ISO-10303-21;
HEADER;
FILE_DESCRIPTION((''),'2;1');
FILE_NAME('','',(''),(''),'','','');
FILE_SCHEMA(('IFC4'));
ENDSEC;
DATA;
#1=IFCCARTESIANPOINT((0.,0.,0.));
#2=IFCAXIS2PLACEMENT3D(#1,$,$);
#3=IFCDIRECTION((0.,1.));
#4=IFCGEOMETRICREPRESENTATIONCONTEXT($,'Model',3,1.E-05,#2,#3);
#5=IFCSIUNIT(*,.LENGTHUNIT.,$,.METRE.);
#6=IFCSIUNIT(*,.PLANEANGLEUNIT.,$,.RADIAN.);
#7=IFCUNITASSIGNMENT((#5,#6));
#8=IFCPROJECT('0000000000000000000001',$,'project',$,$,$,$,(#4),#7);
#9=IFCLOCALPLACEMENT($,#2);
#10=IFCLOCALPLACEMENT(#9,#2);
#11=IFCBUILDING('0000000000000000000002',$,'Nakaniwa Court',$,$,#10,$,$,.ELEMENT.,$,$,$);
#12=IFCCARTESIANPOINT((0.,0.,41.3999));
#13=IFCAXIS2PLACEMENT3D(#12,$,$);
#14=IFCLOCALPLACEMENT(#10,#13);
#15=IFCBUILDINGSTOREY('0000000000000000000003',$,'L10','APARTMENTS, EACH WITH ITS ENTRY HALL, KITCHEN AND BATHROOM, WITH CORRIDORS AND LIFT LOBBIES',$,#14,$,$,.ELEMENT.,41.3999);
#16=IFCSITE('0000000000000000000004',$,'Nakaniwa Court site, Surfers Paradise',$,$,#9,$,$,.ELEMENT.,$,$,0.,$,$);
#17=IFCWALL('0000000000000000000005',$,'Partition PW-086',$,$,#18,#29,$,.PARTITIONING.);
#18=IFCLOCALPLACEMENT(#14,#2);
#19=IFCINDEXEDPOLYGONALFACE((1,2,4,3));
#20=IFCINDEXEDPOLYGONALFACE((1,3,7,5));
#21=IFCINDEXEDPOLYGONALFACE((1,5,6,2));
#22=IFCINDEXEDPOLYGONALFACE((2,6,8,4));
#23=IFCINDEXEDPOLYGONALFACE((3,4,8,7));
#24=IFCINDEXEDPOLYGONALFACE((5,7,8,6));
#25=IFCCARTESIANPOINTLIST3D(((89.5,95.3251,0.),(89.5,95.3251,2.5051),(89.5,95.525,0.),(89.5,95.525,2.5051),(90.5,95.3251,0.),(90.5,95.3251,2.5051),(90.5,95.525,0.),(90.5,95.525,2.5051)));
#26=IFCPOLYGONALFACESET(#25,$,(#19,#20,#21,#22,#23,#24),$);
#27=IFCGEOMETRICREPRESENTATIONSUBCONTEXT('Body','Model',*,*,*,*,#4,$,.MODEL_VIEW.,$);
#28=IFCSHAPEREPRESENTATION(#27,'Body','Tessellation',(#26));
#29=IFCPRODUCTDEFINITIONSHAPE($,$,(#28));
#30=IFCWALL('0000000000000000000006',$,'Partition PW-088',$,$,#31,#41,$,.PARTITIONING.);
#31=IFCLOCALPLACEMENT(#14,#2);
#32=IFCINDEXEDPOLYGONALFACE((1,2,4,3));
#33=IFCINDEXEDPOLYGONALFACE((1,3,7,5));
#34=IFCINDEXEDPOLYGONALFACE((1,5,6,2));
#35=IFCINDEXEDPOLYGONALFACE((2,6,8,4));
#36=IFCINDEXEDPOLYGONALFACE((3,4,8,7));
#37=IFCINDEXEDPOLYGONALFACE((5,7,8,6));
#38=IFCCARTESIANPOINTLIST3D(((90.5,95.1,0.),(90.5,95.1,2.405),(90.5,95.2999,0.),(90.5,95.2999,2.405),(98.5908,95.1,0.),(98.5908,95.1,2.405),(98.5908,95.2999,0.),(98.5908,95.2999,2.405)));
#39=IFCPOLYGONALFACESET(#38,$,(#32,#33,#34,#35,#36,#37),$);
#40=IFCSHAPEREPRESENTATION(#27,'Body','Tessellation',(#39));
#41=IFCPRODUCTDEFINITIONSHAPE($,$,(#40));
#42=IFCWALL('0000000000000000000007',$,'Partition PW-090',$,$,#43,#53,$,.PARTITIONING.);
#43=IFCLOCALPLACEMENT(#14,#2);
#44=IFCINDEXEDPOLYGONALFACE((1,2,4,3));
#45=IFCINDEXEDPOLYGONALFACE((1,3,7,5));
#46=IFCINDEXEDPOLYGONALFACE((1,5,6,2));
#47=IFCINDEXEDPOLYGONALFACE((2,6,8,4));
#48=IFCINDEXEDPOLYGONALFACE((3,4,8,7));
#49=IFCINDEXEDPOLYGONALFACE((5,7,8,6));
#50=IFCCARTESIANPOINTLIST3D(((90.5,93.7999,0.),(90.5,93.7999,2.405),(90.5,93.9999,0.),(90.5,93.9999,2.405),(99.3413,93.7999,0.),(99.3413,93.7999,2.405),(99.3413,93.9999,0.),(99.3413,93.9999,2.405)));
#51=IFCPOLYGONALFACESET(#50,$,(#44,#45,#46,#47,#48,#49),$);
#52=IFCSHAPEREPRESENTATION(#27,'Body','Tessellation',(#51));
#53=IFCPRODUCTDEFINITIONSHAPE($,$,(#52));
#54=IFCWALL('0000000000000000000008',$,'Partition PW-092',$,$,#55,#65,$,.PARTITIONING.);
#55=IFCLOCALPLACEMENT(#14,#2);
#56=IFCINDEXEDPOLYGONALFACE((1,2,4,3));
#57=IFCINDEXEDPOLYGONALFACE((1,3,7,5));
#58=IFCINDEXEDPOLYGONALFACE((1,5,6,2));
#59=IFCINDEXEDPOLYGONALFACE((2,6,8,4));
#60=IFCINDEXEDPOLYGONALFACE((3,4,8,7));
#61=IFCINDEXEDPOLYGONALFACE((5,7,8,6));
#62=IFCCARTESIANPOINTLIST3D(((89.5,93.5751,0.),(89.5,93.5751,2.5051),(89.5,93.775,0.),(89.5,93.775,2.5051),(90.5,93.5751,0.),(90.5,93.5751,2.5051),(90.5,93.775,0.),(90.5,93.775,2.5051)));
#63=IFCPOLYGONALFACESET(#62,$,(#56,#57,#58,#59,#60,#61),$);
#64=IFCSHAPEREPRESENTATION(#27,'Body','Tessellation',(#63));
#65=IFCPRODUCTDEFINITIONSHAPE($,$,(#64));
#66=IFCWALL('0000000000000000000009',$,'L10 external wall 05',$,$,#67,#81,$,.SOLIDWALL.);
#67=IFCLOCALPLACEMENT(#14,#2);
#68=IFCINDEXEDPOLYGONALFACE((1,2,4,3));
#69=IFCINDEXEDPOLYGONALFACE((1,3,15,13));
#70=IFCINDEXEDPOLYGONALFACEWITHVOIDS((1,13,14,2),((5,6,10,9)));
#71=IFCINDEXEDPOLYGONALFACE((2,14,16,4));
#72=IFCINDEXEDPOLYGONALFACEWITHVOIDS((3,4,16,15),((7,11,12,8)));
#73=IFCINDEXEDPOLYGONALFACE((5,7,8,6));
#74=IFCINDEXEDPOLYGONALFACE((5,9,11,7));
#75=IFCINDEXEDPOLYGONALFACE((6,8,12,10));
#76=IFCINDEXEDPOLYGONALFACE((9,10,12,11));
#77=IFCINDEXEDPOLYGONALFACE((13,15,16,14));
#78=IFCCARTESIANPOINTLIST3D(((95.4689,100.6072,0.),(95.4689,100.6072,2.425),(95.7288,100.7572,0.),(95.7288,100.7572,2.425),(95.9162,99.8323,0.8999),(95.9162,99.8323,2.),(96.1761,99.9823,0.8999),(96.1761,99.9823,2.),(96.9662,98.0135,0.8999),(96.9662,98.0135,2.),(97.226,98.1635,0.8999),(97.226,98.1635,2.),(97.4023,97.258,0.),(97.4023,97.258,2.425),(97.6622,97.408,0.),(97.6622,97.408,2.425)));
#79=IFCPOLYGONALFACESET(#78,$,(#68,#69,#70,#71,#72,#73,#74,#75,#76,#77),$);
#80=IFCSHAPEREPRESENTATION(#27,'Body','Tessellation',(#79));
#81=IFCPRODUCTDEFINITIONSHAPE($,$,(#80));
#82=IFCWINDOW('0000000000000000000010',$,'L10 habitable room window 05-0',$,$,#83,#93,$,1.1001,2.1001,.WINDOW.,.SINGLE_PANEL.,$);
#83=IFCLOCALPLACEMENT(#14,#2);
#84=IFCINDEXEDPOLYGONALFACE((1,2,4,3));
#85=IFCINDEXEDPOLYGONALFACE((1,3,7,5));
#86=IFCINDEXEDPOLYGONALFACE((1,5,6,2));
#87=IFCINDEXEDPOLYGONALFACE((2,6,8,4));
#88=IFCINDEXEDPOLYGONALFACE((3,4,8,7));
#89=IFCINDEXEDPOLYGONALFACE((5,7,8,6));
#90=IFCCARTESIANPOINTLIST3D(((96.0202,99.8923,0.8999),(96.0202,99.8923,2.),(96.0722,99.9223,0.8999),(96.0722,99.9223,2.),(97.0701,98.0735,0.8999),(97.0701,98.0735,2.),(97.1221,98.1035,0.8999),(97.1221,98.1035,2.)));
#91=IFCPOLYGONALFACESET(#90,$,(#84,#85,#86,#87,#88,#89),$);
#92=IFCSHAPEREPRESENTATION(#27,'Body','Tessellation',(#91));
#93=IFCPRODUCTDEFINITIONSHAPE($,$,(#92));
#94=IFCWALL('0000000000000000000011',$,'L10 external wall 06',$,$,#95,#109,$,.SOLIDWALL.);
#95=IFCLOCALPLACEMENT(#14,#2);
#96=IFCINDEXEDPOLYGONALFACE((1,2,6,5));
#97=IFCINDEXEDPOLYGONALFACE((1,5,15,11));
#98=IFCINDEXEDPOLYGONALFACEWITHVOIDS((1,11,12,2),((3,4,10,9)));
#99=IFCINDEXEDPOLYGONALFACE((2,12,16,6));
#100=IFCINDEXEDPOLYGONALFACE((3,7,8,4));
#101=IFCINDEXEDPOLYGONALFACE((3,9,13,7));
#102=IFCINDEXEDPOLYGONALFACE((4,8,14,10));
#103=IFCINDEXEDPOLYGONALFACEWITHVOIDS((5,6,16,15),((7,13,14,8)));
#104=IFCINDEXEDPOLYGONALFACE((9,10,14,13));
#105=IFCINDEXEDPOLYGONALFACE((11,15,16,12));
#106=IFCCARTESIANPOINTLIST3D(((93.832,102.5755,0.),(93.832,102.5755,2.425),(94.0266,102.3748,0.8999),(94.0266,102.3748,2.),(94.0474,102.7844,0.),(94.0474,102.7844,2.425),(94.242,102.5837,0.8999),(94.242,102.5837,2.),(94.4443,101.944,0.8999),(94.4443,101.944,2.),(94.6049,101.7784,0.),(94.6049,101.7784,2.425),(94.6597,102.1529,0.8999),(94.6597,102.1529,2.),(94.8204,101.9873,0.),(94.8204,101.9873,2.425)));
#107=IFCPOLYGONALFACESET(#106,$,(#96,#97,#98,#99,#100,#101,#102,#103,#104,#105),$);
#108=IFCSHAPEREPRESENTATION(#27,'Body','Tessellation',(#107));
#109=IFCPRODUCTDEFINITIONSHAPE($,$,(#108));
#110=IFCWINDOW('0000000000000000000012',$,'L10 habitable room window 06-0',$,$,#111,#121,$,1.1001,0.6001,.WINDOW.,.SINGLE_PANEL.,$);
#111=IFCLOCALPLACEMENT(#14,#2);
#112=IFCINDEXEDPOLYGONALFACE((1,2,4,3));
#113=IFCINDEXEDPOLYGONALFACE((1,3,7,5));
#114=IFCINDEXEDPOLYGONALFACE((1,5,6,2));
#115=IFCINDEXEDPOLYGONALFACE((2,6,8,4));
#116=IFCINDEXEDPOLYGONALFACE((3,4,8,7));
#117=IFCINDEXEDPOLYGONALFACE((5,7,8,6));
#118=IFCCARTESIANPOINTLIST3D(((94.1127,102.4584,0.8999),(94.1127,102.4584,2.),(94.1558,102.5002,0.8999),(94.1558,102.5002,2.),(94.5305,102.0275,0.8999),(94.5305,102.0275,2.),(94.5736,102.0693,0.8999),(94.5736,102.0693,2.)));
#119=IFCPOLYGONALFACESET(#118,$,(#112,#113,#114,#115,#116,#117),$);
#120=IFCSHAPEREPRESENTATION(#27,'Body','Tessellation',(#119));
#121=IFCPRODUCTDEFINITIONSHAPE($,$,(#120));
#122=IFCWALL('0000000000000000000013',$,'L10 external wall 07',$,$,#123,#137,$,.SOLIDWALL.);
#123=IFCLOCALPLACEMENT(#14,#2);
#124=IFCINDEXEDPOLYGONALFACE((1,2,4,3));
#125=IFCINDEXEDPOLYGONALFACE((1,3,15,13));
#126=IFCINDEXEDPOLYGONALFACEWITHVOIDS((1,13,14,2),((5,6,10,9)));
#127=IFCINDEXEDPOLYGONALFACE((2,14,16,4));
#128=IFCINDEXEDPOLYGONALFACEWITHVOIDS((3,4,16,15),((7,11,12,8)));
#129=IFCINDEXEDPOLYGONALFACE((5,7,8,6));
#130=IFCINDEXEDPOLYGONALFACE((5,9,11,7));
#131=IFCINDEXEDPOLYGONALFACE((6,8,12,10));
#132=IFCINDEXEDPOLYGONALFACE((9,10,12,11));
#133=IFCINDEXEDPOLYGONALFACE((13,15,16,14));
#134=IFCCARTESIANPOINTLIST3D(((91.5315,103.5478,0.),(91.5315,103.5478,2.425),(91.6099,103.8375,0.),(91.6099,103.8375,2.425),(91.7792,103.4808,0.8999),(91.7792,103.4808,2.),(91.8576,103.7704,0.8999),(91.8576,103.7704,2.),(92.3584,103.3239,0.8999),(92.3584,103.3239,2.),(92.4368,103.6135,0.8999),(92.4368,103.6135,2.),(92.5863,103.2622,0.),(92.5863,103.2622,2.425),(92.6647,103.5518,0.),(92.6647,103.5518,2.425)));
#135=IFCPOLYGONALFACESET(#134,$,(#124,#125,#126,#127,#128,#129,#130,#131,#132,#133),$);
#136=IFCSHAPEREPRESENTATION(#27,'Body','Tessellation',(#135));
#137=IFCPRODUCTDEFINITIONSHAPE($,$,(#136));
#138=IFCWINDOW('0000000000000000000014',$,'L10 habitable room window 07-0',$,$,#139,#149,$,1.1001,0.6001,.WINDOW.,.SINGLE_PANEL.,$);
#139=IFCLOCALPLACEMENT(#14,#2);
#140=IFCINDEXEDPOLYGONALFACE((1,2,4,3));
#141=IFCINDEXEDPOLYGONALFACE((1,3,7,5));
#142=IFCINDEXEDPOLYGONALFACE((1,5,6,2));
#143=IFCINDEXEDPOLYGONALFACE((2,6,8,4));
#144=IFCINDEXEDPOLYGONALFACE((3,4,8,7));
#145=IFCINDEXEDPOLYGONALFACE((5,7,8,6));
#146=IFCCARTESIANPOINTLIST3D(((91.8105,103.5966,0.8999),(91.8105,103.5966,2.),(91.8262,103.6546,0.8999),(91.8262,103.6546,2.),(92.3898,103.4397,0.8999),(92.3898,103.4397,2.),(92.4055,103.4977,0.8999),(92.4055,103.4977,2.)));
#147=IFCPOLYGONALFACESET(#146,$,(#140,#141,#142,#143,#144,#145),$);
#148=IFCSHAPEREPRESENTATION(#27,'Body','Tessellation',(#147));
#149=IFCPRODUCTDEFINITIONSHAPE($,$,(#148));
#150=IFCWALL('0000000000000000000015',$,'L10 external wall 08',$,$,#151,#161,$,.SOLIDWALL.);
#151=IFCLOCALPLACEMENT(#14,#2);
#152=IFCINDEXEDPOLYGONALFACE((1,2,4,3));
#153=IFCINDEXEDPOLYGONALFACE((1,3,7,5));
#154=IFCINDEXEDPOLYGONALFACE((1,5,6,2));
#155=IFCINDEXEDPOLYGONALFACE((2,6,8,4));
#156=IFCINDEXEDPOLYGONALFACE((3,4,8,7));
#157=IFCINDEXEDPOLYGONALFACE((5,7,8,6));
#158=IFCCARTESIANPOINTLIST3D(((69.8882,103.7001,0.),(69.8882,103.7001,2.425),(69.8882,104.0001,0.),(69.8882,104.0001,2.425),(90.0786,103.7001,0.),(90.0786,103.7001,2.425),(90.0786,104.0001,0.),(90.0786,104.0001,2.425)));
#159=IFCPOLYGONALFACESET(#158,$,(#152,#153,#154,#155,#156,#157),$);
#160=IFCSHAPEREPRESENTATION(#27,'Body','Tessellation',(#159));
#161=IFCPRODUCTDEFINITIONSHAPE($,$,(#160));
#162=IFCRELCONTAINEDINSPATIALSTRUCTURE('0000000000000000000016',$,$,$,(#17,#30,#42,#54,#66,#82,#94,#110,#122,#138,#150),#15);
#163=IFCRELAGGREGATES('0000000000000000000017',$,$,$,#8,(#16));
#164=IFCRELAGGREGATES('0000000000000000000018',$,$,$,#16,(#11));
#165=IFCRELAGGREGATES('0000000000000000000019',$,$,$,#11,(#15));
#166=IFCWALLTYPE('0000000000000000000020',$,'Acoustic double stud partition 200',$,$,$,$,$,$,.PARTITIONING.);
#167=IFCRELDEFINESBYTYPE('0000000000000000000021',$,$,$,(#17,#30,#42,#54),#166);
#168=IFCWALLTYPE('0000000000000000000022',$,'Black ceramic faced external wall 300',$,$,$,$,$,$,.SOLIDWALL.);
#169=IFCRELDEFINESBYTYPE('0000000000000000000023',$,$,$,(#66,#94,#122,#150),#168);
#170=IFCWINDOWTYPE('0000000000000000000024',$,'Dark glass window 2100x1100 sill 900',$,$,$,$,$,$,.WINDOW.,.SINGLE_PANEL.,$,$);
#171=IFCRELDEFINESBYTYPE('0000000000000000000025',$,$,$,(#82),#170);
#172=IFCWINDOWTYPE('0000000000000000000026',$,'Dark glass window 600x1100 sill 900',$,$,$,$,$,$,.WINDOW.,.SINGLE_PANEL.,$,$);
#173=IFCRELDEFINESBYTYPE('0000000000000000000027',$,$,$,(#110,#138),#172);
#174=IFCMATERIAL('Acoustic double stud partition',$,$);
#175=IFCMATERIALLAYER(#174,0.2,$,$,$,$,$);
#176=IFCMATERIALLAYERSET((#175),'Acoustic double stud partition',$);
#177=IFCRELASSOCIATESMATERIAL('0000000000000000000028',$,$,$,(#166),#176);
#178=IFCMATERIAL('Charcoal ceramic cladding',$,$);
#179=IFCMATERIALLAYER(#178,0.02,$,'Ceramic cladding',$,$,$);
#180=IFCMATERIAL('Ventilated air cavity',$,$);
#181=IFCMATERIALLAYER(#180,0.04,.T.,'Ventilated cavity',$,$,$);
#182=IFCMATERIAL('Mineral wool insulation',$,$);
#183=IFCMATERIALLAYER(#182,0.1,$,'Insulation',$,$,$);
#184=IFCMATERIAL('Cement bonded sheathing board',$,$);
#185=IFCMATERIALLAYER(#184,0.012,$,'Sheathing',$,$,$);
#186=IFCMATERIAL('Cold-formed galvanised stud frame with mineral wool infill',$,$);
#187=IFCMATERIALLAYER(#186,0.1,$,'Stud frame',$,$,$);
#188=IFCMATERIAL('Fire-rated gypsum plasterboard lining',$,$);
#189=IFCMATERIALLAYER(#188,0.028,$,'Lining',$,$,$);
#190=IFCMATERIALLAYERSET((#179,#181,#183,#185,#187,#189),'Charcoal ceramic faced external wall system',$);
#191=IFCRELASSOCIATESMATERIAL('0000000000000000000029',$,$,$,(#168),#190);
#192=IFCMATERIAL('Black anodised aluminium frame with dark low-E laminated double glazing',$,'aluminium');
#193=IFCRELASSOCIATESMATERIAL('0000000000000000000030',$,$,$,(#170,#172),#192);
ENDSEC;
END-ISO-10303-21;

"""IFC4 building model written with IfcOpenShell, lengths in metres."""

from ifc_helpers import new_model, si_unit, direction, frame, frame_2d, origin, place, context, subcontext, project, spatial, rectangle, extrude, material, layer, layer_set, type_object, element, fill, save


model = new_model("IFC4")

# Units and contexts
model_context = context("Model", 3, precision=1e-05, world=origin(), true_north=direction((0.0, 1.0)))
body_context = subcontext(model_context, "Body", "Model", "MODEL_VIEW")
ifc_project = project(units=[si_unit("LENGTHUNIT", "METRE"), si_unit("PLANEANGLEUNIT", "RADIAN")], contexts=[model_context])

# Site, building, storey
site_placement = place(None, origin())
site = spatial("IfcSite", under=ifc_project, at=site_placement, Name="Nakaniwa Court site, Surfers Paradise", CompositionType="ELEMENT", RefElevation=0.0)
building_placement = place(site_placement, origin())
building = spatial("IfcBuilding", under=site, at=building_placement, Name="Nakaniwa Court", CompositionType="ELEMENT")
storey_placement = place(building_placement, frame((0.0, 0.0, 41.3999)))
storey = spatial("IfcBuildingStorey", under=building, at=storey_placement, Name="L10", Description="APARTMENTS, EACH WITH ITS ENTRY HALL, KITCHEN AND BATHROOM, WITH CORRIDORS AND LIFT LOBBIES", CompositionType="ELEMENT", Elevation=41.3999)

# Shared definitions
ifc_material_1 = material(Name="Acoustic double stud partition")
ifc_layer_1 = layer(ifc_material_1, 0.2)
ifc_layer_set_1 = layer_set([ifc_layer_1], Name="Acoustic double stud partition")
wall_type_1 = type_object("IfcWallType", Name="Acoustic double stud partition 200", PredefinedType="PARTITIONING", material=ifc_layer_set_1)

# Walls
wall_1_placement = place(storey_placement, frame((89.5, 95.425, 0.0), z_axis=(0.0, 0.0, 1.0), x_axis=(1.0, 0.0, 0.0)))
element("IfcWall", 1, at=wall_1_placement, inside=storey, type_object=wall_type_1, Name="Partition PW-086", PredefinedType="PARTITIONING", context=body_context, shape_type="SweptSolid", body=[
    extrude(rectangle(XDim=1.0, YDim=0.2, at=frame_2d((0.5, 0.0))), origin(), (0.0, 0.0, 1.0), 2.5051),
])
wall_2_placement = place(storey_placement, frame((90.5, 95.2, 0.0), z_axis=(0.0, 0.0, 1.0), x_axis=(1.0, 0.0, 0.0)))
element("IfcWall", 2, at=wall_2_placement, inside=storey, type_object=wall_type_1, Name="Partition PW-088", PredefinedType="PARTITIONING", context=body_context, shape_type="SweptSolid", body=[
    extrude(rectangle(XDim=8.0908, YDim=0.2, at=frame_2d((4.0454, 0.0))), origin(), (0.0, 0.0, 1.0), 2.405),
])
wall_3_placement = place(storey_placement, frame((90.5, 93.8999, 0.0), z_axis=(0.0, 0.0, 1.0), x_axis=(1.0, 0.0, 0.0)))
element("IfcWall", 3, at=wall_3_placement, inside=storey, type_object=wall_type_1, Name="Partition PW-090", PredefinedType="PARTITIONING", context=body_context, shape_type="SweptSolid", body=[
    extrude(rectangle(XDim=8.8413, YDim=0.2, at=frame_2d((4.4207, 0.0))), origin(), (0.0, 0.0, 1.0), 2.405),
])
wall_4_placement = place(storey_placement, frame((89.5, 93.675, 0.0), z_axis=(0.0, 0.0, 1.0), x_axis=(1.0, 0.0, 0.0)))
element("IfcWall", 4, at=wall_4_placement, inside=storey, type_object=wall_type_1, Name="Partition PW-092", PredefinedType="PARTITIONING", context=body_context, shape_type="SweptSolid", body=[
    extrude(rectangle(XDim=1.0, YDim=0.2, at=frame_2d((0.5, 0.0))), origin(), (0.0, 0.0, 1.0), 2.5051),
])

# Walls, openings, windows
ifc_material_2 = material(Name="Charcoal ceramic cladding")
ifc_layer_2 = layer(ifc_material_2, 0.02, Name="Ceramic cladding")
ifc_material_3 = material(Name="Ventilated air cavity")
ifc_layer_3 = layer(ifc_material_3, 0.04, ventilated=True, Name="Ventilated cavity")
ifc_material_4 = material(Name="Mineral wool insulation")
ifc_layer_4 = layer(ifc_material_4, 0.1, Name="Insulation")
ifc_material_5 = material(Name="Cement bonded sheathing board")
ifc_layer_5 = layer(ifc_material_5, 0.012, Name="Sheathing")
ifc_material_6 = material(Name="Cold-formed galvanised stud frame with mineral wool infill")
ifc_layer_6 = layer(ifc_material_6, 0.1, Name="Stud frame")
ifc_material_7 = material(Name="Fire-rated gypsum plasterboard lining")
ifc_layer_7 = layer(ifc_material_7, 0.028, Name="Lining")
ifc_layer_set_2 = layer_set([ifc_layer_2, ifc_layer_3, ifc_layer_4, ifc_layer_5, ifc_layer_6, ifc_layer_7], Name="Charcoal ceramic faced external wall system")
wall_type_2 = type_object("IfcWallType", Name="Black ceramic faced external wall 300", PredefinedType="SOLIDWALL", material=ifc_layer_set_2)
wall_5_placement = place(storey_placement, frame((97.5322, 97.333, 0.0), z_axis=(0.0, 0.0, 1.0), x_axis=(-0.499948, 0.866055, 0.0)))
wall_5 = element("IfcWall", 5, at=wall_5_placement, inside=storey, type_object=wall_type_2, Name="L10 external wall 05", PredefinedType="SOLIDWALL", context=body_context, shape_type="SweptSolid", body=[
    extrude(rectangle(XDim=3.8672, YDim=0.3, at=frame_2d((1.9336, 0.0))), origin(), (0.0, 0.0, 1.0), 2.425),
])
opening_1_placement = place(wall_5_placement, frame((0.8723, 0.0, 0.8999)))
opening_1 = element("IfcOpeningElement", 6, at=opening_1_placement, cuts=wall_5, PredefinedType="OPENING", context=body_context, shape_type="SweptSolid", body=[
    extrude(rectangle(XDim=2.1001, YDim=1.1001, at=frame_2d((1.05, 0.55))), frame((0.0, 0.1599, 0.0), z_axis=(0.0, -1.0, 0.0), x_axis=(1.0, 0.0, 0.0)), (0.0, 0.0, 1.0), 0.3201),
])
ifc_material_8 = material(Name="Black anodised aluminium frame with dark low-E laminated double glazing", Category="aluminium")
window_type_1 = type_object("IfcWindowType", Name="Dark glass window 2100x1100 sill 900", PartitioningType="SINGLE_PANEL", PredefinedType="WINDOW", material=ifc_material_8)
window_1_placement = place(opening_1_placement, origin())
window_1 = element("IfcWindow", 7, at=window_1_placement, inside=storey, type_object=window_type_1, Name="L10 habitable room window 05-0", OverallHeight=1.1001, OverallWidth=2.1001, PartitioningType="SINGLE_PANEL", PredefinedType="WINDOW", context=body_context, shape_type="SweptSolid", body=[
    extrude(rectangle(XDim=2.1001, YDim=1.1001, at=frame_2d((1.05, 0.55))), frame((0.0, 0.03, 0.0), z_axis=(0.0, -1.0, 0.0), x_axis=(1.0, 0.0, 0.0)), (0.0, 0.0, 1.0), 0.0601),
])
fill(opening_1, window_1)
wall_6_placement = place(storey_placement, frame((94.7126, 101.8828, 0.0), z_axis=(0.0, 0.0, 1.0), x_axis=(-0.696139, 0.717907, 0.0)))
wall_6 = element("IfcWall", 8, at=wall_6_placement, inside=storey, type_object=wall_type_2, Name="L10 external wall 06", PredefinedType="SOLIDWALL", context=body_context, shape_type="SweptSolid", body=[
    extrude(rectangle(XDim=1.1104, YDim=0.3, at=frame_2d((0.5552, 0.0))), origin(), (0.0, 0.0, 1.0), 2.425),
])
opening_2_placement = place(wall_6_placement, frame((0.2307, 0.0, 0.8999)))
opening_2 = element("IfcOpeningElement", 9, at=opening_2_placement, cuts=wall_6, PredefinedType="OPENING", context=body_context, shape_type="SweptSolid", body=[
    extrude(rectangle(XDim=0.6001, YDim=1.1001, at=frame_2d((0.3, 0.55))), frame((0.0, 0.1599, 0.0), z_axis=(0.0, -1.0, 0.0), x_axis=(1.0, 0.0, 0.0)), (0.0, 0.0, 1.0), 0.3201),
])
window_type_2 = type_object("IfcWindowType", Name="Dark glass window 600x1100 sill 900", PartitioningType="SINGLE_PANEL", PredefinedType="WINDOW", material=ifc_material_8)
window_2_placement = place(opening_2_placement, origin())
window_2 = element("IfcWindow", 10, at=window_2_placement, inside=storey, type_object=window_type_2, Name="L10 habitable room window 06-0", OverallHeight=1.1001, OverallWidth=0.6001, PartitioningType="SINGLE_PANEL", PredefinedType="WINDOW", context=body_context, shape_type="SweptSolid", body=[
    extrude(rectangle(XDim=0.6001, YDim=1.1001, at=frame_2d((0.3, 0.55))), frame((0.0, 0.03, 0.0), z_axis=(0.0, -1.0, 0.0), x_axis=(1.0, 0.0, 0.0)), (0.0, 0.0, 1.0), 0.0601),
])
fill(opening_2, window_2)
wall_7_placement = place(storey_placement, frame((92.6255, 103.407, 0.0), z_axis=(0.0, 0.0, 1.0), x_axis=(-0.965226, 0.261415, 0.0)))
wall_7 = element("IfcWall", 11, at=wall_7_placement, inside=storey, type_object=wall_type_2, Name="L10 external wall 07", PredefinedType="SOLIDWALL", context=body_context, shape_type="SweptSolid", body=[
    extrude(rectangle(XDim=1.0928, YDim=0.3, at=frame_2d((0.5464, 0.0))), origin(), (0.0, 0.0, 1.0), 2.425),
])
opening_3_placement = place(wall_7_placement, frame((0.2361, 0.0, 0.8999)))
opening_3 = element("IfcOpeningElement", 12, at=opening_3_placement, cuts=wall_7, PredefinedType="OPENING", context=body_context, shape_type="SweptSolid", body=[
    extrude(rectangle(XDim=0.6001, YDim=1.1001, at=frame_2d((0.3, 0.55))), frame((0.0, 0.1599, 0.0), z_axis=(0.0, -1.0, 0.0), x_axis=(1.0, 0.0, 0.0)), (0.0, 0.0, 1.0), 0.3201),
])
window_3_placement = place(opening_3_placement, origin())
window_3 = element("IfcWindow", 13, at=window_3_placement, inside=storey, type_object=window_type_2, Name="L10 habitable room window 07-0", OverallHeight=1.1001, OverallWidth=0.6001, PartitioningType="SINGLE_PANEL", PredefinedType="WINDOW", context=body_context, shape_type="SweptSolid", body=[
    extrude(rectangle(XDim=0.6001, YDim=1.1001, at=frame_2d((0.3, 0.55))), frame((0.0, 0.03, 0.0), z_axis=(0.0, -1.0, 0.0), x_axis=(1.0, 0.0, 0.0)), (0.0, 0.0, 1.0), 0.0601),
])
fill(opening_3, window_3)

# Wall
wall_8_placement = place(storey_placement, frame((90.0786, 103.8501, 0.0), z_axis=(0.0, 0.0, 1.0), x_axis=(-1.0, 0.0, 0.0)))
element("IfcWall", 14, at=wall_8_placement, inside=storey, type_object=wall_type_2, Name="L10 external wall 08", PredefinedType="SOLIDWALL", context=body_context, shape_type="SweptSolid", body=[
    extrude(rectangle(XDim=20.1904, YDim=0.3, at=frame_2d((10.0952, 0.0))), origin(), (0.0, 0.0, 1.0), 2.425),
])

save(model, "model.ifc")
